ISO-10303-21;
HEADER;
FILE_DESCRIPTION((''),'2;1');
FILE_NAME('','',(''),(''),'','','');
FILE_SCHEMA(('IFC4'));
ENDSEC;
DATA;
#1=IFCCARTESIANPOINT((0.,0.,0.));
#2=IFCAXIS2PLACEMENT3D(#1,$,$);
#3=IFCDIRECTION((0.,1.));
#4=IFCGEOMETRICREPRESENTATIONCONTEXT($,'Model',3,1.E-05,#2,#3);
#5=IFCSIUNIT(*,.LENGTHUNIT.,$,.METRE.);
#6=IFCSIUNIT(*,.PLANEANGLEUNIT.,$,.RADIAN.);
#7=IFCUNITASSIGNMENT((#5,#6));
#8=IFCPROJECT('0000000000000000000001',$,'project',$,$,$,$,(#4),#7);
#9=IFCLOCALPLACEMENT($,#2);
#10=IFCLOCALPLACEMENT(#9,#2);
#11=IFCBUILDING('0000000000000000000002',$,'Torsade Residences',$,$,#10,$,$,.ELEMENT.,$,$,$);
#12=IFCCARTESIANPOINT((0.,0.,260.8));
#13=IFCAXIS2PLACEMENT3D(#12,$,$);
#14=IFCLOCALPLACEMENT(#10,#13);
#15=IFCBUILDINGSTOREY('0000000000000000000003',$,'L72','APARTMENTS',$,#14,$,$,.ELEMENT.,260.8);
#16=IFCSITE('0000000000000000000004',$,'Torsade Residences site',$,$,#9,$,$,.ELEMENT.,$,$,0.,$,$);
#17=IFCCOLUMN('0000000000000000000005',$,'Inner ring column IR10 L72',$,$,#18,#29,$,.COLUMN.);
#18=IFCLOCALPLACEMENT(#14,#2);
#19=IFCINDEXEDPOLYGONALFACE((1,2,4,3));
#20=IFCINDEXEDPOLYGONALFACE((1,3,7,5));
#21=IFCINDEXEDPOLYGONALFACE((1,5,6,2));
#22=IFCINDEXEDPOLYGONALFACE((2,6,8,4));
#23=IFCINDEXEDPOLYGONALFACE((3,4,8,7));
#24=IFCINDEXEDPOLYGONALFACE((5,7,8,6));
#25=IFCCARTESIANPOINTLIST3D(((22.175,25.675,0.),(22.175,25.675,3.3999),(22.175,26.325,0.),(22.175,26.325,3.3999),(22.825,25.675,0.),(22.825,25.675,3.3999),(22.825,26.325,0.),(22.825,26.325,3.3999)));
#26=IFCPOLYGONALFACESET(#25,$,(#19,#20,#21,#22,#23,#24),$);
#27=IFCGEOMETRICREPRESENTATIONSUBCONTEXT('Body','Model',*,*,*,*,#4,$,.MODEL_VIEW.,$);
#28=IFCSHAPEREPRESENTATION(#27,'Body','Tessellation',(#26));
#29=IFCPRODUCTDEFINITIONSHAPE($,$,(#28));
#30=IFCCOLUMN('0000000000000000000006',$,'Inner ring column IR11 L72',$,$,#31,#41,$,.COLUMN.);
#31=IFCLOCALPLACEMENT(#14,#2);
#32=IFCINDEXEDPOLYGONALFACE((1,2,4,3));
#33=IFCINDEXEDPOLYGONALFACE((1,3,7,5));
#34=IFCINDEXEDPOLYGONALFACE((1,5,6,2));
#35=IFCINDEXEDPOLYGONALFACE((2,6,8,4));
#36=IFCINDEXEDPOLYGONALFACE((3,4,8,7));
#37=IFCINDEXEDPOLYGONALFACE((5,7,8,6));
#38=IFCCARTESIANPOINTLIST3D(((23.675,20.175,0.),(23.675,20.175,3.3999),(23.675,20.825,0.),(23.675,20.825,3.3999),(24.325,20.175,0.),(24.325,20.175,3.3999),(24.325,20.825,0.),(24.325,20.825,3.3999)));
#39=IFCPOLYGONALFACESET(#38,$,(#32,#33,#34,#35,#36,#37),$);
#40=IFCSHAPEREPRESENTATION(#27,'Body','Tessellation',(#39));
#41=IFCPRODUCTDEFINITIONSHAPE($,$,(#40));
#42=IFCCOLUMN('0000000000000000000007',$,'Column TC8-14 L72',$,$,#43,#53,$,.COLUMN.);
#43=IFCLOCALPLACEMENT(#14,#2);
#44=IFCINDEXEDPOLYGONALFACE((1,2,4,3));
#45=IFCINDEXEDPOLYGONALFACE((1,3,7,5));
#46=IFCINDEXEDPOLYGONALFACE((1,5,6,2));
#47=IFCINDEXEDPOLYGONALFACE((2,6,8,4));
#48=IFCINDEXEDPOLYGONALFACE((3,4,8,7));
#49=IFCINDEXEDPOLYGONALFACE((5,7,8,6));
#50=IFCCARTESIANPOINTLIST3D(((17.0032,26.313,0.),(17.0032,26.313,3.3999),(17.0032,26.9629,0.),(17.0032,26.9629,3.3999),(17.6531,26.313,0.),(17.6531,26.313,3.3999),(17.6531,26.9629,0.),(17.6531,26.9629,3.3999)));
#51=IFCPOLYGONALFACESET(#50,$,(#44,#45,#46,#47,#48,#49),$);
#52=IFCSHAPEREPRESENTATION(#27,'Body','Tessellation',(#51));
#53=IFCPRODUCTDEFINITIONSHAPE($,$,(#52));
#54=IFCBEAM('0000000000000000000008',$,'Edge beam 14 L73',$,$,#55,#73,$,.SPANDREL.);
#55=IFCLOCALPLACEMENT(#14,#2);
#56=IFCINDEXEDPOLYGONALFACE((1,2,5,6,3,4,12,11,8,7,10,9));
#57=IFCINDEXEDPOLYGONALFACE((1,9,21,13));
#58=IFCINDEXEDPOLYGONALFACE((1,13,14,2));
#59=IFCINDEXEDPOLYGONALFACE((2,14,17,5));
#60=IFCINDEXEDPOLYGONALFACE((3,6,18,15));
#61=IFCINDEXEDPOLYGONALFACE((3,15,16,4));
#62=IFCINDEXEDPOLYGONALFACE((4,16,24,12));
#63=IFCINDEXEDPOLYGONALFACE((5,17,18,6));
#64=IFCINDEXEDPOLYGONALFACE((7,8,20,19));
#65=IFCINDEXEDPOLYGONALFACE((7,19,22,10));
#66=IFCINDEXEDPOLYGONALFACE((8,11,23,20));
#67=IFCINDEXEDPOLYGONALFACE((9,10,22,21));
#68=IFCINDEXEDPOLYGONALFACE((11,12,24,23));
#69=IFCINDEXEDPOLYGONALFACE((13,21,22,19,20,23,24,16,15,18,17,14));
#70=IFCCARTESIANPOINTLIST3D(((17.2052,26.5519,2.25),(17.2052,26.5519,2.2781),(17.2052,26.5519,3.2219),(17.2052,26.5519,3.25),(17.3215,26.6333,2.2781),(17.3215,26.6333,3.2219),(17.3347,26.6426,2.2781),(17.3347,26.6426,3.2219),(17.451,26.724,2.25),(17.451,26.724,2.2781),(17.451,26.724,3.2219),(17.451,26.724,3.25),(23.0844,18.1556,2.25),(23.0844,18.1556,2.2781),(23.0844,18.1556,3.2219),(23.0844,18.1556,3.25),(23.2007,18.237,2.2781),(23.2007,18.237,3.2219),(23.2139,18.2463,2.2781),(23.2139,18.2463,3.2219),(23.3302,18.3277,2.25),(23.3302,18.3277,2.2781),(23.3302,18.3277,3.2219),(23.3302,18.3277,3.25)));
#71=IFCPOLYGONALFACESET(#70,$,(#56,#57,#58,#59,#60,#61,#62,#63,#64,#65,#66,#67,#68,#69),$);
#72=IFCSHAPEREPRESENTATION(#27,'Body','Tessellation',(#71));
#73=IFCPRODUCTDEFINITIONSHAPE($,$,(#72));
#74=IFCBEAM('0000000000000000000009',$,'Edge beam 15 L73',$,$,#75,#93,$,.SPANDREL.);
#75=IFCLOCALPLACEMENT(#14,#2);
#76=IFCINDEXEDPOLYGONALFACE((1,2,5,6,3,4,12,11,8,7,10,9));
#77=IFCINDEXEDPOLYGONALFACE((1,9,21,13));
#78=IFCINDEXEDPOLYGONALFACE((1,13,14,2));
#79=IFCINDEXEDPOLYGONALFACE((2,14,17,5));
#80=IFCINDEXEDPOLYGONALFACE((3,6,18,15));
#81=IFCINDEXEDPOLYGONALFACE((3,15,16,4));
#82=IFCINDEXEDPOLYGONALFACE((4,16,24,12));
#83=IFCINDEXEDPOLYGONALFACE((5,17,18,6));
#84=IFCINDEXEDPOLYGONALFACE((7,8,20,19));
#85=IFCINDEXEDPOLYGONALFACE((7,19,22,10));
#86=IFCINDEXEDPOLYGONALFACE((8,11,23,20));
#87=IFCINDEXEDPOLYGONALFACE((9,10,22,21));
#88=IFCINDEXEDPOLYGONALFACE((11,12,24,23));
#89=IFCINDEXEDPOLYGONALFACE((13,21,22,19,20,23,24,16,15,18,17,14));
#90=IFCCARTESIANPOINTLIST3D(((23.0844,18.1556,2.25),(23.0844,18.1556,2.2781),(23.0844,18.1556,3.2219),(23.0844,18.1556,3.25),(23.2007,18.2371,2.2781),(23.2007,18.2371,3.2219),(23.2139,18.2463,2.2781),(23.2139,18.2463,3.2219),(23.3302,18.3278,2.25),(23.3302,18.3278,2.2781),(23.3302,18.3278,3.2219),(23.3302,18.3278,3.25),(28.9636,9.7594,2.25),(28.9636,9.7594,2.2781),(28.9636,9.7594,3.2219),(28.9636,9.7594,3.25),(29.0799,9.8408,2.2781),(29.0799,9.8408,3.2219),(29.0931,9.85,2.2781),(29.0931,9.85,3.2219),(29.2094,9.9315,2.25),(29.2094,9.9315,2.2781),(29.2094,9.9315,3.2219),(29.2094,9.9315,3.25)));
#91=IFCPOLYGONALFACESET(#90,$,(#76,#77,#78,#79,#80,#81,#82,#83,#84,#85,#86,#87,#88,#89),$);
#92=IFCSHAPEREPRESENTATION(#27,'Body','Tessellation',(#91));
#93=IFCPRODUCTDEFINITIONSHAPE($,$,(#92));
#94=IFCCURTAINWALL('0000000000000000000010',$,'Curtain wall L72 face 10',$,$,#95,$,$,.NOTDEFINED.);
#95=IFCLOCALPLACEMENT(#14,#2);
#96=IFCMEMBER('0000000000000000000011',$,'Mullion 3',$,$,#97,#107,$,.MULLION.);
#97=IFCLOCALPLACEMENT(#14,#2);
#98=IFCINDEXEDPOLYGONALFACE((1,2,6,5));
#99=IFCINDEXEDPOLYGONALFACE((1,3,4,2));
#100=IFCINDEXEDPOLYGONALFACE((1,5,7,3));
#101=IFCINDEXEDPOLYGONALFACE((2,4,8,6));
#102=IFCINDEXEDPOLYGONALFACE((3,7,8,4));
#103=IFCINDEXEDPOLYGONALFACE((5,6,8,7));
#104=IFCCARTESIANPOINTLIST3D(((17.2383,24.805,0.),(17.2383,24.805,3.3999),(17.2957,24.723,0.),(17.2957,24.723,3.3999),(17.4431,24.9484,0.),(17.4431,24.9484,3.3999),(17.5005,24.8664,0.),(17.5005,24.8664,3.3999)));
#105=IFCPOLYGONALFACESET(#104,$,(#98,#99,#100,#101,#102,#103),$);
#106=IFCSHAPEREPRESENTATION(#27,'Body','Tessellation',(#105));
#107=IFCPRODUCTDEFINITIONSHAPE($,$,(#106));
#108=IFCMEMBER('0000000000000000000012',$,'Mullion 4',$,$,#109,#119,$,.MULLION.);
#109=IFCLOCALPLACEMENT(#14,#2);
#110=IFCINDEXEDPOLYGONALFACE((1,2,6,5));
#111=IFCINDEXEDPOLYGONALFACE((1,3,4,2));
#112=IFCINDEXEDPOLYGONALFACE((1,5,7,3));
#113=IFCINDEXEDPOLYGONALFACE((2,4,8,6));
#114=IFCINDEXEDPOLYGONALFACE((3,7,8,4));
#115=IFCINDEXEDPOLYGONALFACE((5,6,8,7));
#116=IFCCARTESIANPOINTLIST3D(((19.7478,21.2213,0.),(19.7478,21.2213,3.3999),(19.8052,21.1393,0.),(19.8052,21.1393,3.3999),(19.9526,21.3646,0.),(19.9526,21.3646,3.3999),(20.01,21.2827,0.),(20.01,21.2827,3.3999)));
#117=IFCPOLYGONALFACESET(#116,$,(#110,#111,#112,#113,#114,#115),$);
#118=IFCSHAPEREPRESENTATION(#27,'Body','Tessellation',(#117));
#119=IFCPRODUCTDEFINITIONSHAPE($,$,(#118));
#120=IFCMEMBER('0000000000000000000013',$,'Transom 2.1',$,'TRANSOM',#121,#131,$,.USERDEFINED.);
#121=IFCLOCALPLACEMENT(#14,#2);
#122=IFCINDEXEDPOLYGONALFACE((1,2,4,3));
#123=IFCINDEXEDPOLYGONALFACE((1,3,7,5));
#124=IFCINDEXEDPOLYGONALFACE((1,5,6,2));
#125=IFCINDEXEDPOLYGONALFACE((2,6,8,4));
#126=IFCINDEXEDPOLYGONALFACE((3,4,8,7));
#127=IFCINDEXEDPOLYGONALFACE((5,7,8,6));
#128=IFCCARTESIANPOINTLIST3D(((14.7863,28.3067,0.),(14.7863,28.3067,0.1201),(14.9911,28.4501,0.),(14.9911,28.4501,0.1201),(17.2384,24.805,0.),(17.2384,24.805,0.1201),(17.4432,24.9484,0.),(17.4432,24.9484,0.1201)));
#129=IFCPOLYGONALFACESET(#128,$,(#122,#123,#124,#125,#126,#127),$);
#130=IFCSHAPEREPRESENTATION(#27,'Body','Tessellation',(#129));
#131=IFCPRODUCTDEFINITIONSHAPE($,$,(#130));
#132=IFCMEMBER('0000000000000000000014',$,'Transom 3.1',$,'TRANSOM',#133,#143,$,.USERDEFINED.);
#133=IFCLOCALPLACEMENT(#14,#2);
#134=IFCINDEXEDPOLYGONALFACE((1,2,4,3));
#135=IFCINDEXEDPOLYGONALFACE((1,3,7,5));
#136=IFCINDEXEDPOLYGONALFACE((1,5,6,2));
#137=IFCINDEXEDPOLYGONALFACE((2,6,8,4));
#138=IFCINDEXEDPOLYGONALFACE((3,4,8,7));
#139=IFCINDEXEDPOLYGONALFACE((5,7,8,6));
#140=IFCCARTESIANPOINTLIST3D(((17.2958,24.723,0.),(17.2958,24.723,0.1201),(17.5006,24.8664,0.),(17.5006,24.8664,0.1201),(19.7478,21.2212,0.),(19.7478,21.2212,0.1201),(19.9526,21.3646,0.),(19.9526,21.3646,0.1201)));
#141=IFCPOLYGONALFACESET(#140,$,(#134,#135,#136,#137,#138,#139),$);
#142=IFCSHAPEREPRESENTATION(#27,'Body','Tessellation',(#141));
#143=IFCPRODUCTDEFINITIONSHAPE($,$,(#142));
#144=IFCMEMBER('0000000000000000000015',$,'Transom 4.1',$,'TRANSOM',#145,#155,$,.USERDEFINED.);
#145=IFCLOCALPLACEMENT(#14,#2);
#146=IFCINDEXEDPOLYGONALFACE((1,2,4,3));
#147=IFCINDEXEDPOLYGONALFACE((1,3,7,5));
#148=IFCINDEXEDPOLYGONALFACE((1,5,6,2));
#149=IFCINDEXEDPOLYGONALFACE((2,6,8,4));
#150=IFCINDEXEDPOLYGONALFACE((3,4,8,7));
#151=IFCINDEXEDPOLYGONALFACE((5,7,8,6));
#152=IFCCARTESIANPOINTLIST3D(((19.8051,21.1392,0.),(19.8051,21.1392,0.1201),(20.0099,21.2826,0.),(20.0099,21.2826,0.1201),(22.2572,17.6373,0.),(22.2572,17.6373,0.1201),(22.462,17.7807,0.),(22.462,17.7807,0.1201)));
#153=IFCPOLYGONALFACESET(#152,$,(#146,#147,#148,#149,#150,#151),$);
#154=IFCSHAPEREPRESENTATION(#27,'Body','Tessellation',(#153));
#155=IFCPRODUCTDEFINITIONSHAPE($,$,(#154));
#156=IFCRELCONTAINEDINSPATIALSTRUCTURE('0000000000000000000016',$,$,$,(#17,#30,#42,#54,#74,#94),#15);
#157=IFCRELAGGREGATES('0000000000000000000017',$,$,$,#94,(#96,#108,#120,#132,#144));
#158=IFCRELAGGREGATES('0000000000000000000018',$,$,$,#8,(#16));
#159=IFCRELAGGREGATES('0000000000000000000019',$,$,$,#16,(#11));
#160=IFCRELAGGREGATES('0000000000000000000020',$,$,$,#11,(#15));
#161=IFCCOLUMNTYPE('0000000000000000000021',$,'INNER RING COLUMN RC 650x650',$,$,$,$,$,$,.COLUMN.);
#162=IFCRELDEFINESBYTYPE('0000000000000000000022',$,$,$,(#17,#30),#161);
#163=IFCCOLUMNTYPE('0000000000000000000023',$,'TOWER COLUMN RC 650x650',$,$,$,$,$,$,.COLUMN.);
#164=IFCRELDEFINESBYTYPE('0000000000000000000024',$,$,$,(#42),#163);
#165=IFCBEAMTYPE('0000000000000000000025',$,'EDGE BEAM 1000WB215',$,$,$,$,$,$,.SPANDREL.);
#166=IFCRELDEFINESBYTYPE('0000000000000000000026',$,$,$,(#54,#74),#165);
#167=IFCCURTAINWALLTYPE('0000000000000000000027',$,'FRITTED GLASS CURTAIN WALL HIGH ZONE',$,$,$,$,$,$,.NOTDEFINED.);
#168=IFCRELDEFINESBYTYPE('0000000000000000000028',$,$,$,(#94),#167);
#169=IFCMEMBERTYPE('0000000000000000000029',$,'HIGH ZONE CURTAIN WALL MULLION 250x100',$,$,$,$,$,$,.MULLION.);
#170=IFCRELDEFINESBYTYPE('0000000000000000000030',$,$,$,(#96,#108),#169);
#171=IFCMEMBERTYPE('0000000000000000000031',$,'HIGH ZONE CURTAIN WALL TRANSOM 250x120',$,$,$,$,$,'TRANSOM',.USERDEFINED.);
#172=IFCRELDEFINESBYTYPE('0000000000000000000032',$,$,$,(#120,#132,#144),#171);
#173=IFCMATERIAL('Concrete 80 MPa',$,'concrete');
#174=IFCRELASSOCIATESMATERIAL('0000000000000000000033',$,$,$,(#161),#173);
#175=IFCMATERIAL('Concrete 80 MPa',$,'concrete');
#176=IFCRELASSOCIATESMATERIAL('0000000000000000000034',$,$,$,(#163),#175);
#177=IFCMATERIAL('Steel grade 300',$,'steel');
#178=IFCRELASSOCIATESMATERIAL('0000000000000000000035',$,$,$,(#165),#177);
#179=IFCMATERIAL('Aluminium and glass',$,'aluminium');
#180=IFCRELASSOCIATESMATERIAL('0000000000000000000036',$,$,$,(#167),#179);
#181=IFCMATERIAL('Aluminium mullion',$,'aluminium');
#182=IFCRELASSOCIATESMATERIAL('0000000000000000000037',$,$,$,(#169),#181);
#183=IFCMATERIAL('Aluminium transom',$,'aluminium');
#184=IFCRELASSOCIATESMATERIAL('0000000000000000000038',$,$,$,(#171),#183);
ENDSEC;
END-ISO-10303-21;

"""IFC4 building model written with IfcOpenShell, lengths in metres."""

from ifc_helpers import new_model, si_unit, direction, frame, origin, origin_2d, place, context, subcontext, project, spatial, rectangle, i_section, extrude, material, material_profile, profile_set, type_object, element, aggregate, save


model = new_model("IFC4")

# Units and contexts
model_context = context("Model", 3, precision=1e-05, world=origin(), true_north=direction((0.0, 1.0)))
body_context = subcontext(model_context, "Body", "Model", "MODEL_VIEW")
ifc_project = project(units=[si_unit("LENGTHUNIT", "METRE"), si_unit("PLANEANGLEUNIT", "RADIAN")], contexts=[model_context])

# Site, building, storey
site_placement = place(None, origin())
site = spatial("IfcSite", under=ifc_project, at=site_placement, Name="Torsade Residences site", CompositionType="ELEMENT", RefElevation=0.0)
building_placement = place(site_placement, origin())
building = spatial("IfcBuilding", under=site, at=building_placement, Name="Torsade Residences", CompositionType="ELEMENT")
storey_placement = place(building_placement, frame((0.0, 0.0, 260.8)))
storey = spatial("IfcBuildingStorey", under=building, at=storey_placement, Name="L72", Description="APARTMENTS", CompositionType="ELEMENT", Elevation=260.8)

# Columns
ifc_material_1 = material(Name="Concrete 80 MPa", Category="concrete")
ifc_material_profile_1 = material_profile(ifc_material_1, rectangle(XDim=0.6499, YDim=0.6499, at=origin_2d()), Name="RC 650x650")
ifc_profile_set_1 = profile_set([ifc_material_profile_1], Name="Concrete 80 MPa")
column_type_1 = type_object("IfcColumnType", Name="INNER RING COLUMN RC 650x650", PredefinedType="COLUMN", material=ifc_profile_set_1)
for number, where, z_axis, x_axis, name in (
    (1, (22.5, 26.0, 0.0), (0.0, 0.0, 1.0), (1.0, 0.0, 0.0), "Inner ring column IR10 L72"),
    (2, (24.0, 20.5, 0.0), (0.0, 0.0, 1.0), (1.0, 0.0, 0.0), "Inner ring column IR11 L72"),
):
    element("IfcColumn", number, at=place(storey_placement, frame(where, z_axis=z_axis, x_axis=x_axis)), inside=storey, type_object=column_type_1, Name=name, PredefinedType="COLUMN", context=body_context, shape_type="SweptSolid", body=[
        extrude(rectangle(XDim=0.6499, YDim=0.6499, at=origin_2d()), origin(), (0.0, 0.0, 1.0), 3.3999),
    ])
ifc_material_2 = material(Name="Concrete 80 MPa", Category="concrete")
ifc_material_profile_2 = material_profile(ifc_material_2, rectangle(XDim=0.6499, YDim=0.6499, at=origin_2d()), Name="RC 650x650")
ifc_profile_set_2 = profile_set([ifc_material_profile_2], Name="Concrete 80 MPa")
column_type_2 = type_object("IfcColumnType", Name="TOWER COLUMN RC 650x650", PredefinedType="COLUMN", material=ifc_profile_set_2)
column_placement = place(storey_placement, frame((17.3281, 26.6379, 0.0), z_axis=(0.0, 0.0, 1.0), x_axis=(1.0, 0.0, 0.0)))
element("IfcColumn", 3, at=column_placement, inside=storey, type_object=column_type_2, Name="Column TC8-14 L72", PredefinedType="COLUMN", context=body_context, shape_type="SweptSolid", body=[
    extrude(rectangle(XDim=0.6499, YDim=0.6499, at=origin_2d()), origin(), (0.0, 0.0, 1.0), 3.3999),
])

# Beams
ifc_material_3 = material(Name="Steel grade 300", Category="steel")
ifc_material_profile_3 = material_profile(ifc_material_3, i_section(OverallWidth=0.3, OverallDepth=1.0, WebThickness=0.0161, FlangeThickness=0.0281, at=origin_2d()), Name="1000WB215")
ifc_profile_set_3 = profile_set([ifc_material_profile_3], Name="Steel grade 300")
beam_type_1 = type_object("IfcBeamType", Name="EDGE BEAM 1000WB215", PredefinedType="SPANDREL", material=ifc_profile_set_3)
for number, where, z_axis, x_axis, name in (
    (4, (17.3281, 26.6379, 2.75), (0.573579, -0.81915, 0.0), (0.81915, 0.573579, 0.0), "Edge beam 14 L73"),
    (5, (23.2073, 18.2417, 2.75), (0.573579, -0.81915, 0.0), (0.81915, 0.573579, 0.0), "Edge beam 15 L73"),
):
    element("IfcBeam", number, at=place(storey_placement, frame(where, z_axis=z_axis, x_axis=x_axis)), inside=storey, type_object=beam_type_1, Name=name, PredefinedType="SPANDREL", context=body_context, shape_type="SweptSolid", body=[
        extrude(i_section(OverallWidth=0.3, OverallDepth=1.0, WebThickness=0.0161, FlangeThickness=0.0281, at=origin_2d()), origin(), (0.0, 0.0, 1.0), 10.25),
    ])

# Curtain wall, members
ifc_material_4 = material(Name="Aluminium and glass", Category="aluminium")
curtain_wall_type = type_object("IfcCurtainWallType", Name="FRITTED GLASS CURTAIN WALL HIGH ZONE", PredefinedType="NOTDEFINED", material=ifc_material_4)
curtain_wall_placement = place(storey_placement, origin())
curtain_wall = element("IfcCurtainWall", 6, at=curtain_wall_placement, inside=storey, type_object=curtain_wall_type, Name="Curtain wall L72 face 10", PredefinedType="NOTDEFINED")
ifc_material_5 = material(Name="Aluminium mullion", Category="aluminium")
ifc_material_profile_4 = material_profile(ifc_material_5, rectangle(XDim=0.25, YDim=0.1001, at=origin_2d()), Name="HIGH ZONE CURTAIN WALL MULLION 250x100")
ifc_profile_set_4 = profile_set([ifc_material_profile_4], Name="Aluminium mullion")
member_type_1 = type_object("IfcMemberType", Name="HIGH ZONE CURTAIN WALL MULLION 250x100", PredefinedType="MULLION", material=ifc_profile_set_4)
member_1_placement = place(storey_placement, frame((17.3694, 24.8357, 0.0), z_axis=(0.0, 0.0, 1.0), x_axis=(0.819152, 0.573576, 0.0)))
member_1 = element("IfcMember", 7, at=member_1_placement, type_object=member_type_1, Name="Mullion 3", PredefinedType="MULLION", context=body_context, shape_type="SweptSolid", body=[
    extrude(rectangle(XDim=0.25, YDim=0.1001, at=origin_2d()), origin(), (0.0, 0.0, 1.0), 3.3999),
])
member_2_placement = place(storey_placement, frame((19.8789, 21.252, 0.0), z_axis=(0.0, 0.0, 1.0), x_axis=(0.819152, 0.573576, 0.0)))
member_2 = element("IfcMember", 8, at=member_2_placement, type_object=member_type_1, Name="Mullion 4", PredefinedType="MULLION", context=body_context, shape_type="SweptSolid", body=[
    extrude(rectangle(XDim=0.25, YDim=0.1001, at=origin_2d()), origin(), (0.0, 0.0, 1.0), 3.3999),
])
ifc_material_6 = material(Name="Aluminium transom", Category="aluminium")
ifc_material_profile_5 = material_profile(ifc_material_6, rectangle(XDim=0.25, YDim=0.1201, at=origin_2d()), Name="HIGH ZONE CURTAIN WALL TRANSOM 250x120")
ifc_profile_set_5 = profile_set([ifc_material_profile_5], Name="Aluminium transom")
member_type_2 = type_object("IfcMemberType", Name="HIGH ZONE CURTAIN WALL TRANSOM 250x120", ElementType="TRANSOM", PredefinedType="USERDEFINED", material=ifc_profile_set_5)
member_3_placement = place(storey_placement, frame((14.8887, 28.3784, 0.0601), z_axis=(0.573612, -0.819127, 0.0), x_axis=(0.819127, 0.573612, 0.0)))
member_3 = element("IfcMember", 9, at=member_3_placement, type_object=member_type_2, Name="Transom 2.1", ObjectType="TRANSOM", PredefinedType="USERDEFINED", context=body_context, shape_type="SweptSolid", body=[
    extrude(rectangle(XDim=0.25, YDim=0.1201, at=origin_2d()), origin(), (0.0, 0.0, 1.0), 4.2749),
])
member_4_placement = place(storey_placement, frame((17.3982, 24.7947, 0.0601), z_axis=(0.573573, -0.819154, 0.0), x_axis=(0.819154, 0.573573, 0.0)))
member_4 = element("IfcMember", 10, at=member_4_placement, type_object=member_type_2, Name="Transom 3.1", ObjectType="TRANSOM", PredefinedType="USERDEFINED", context=body_context, shape_type="SweptSolid", body=[
    extrude(rectangle(XDim=0.25, YDim=0.1201, at=origin_2d()), origin(), (0.0, 0.0, 1.0), 4.2749),
])
member_5_placement = place(storey_placement, frame((19.9075, 21.2109, 0.0601), z_axis=(0.573585, -0.819146, 0.0), x_axis=(0.819146, 0.573585, 0.0)))
member_5 = element("IfcMember", 11, at=member_5_placement, type_object=member_type_2, Name="Transom 4.1", ObjectType="TRANSOM", PredefinedType="USERDEFINED", context=body_context, shape_type="SweptSolid", body=[
    extrude(rectangle(XDim=0.25, YDim=0.1201, at=origin_2d()), origin(), (0.0, 0.0, 1.0), 4.2751),
])

aggregate(curtain_wall, [member_1, member_2, member_3, member_4, member_5])

save(model, "model.ifc")
